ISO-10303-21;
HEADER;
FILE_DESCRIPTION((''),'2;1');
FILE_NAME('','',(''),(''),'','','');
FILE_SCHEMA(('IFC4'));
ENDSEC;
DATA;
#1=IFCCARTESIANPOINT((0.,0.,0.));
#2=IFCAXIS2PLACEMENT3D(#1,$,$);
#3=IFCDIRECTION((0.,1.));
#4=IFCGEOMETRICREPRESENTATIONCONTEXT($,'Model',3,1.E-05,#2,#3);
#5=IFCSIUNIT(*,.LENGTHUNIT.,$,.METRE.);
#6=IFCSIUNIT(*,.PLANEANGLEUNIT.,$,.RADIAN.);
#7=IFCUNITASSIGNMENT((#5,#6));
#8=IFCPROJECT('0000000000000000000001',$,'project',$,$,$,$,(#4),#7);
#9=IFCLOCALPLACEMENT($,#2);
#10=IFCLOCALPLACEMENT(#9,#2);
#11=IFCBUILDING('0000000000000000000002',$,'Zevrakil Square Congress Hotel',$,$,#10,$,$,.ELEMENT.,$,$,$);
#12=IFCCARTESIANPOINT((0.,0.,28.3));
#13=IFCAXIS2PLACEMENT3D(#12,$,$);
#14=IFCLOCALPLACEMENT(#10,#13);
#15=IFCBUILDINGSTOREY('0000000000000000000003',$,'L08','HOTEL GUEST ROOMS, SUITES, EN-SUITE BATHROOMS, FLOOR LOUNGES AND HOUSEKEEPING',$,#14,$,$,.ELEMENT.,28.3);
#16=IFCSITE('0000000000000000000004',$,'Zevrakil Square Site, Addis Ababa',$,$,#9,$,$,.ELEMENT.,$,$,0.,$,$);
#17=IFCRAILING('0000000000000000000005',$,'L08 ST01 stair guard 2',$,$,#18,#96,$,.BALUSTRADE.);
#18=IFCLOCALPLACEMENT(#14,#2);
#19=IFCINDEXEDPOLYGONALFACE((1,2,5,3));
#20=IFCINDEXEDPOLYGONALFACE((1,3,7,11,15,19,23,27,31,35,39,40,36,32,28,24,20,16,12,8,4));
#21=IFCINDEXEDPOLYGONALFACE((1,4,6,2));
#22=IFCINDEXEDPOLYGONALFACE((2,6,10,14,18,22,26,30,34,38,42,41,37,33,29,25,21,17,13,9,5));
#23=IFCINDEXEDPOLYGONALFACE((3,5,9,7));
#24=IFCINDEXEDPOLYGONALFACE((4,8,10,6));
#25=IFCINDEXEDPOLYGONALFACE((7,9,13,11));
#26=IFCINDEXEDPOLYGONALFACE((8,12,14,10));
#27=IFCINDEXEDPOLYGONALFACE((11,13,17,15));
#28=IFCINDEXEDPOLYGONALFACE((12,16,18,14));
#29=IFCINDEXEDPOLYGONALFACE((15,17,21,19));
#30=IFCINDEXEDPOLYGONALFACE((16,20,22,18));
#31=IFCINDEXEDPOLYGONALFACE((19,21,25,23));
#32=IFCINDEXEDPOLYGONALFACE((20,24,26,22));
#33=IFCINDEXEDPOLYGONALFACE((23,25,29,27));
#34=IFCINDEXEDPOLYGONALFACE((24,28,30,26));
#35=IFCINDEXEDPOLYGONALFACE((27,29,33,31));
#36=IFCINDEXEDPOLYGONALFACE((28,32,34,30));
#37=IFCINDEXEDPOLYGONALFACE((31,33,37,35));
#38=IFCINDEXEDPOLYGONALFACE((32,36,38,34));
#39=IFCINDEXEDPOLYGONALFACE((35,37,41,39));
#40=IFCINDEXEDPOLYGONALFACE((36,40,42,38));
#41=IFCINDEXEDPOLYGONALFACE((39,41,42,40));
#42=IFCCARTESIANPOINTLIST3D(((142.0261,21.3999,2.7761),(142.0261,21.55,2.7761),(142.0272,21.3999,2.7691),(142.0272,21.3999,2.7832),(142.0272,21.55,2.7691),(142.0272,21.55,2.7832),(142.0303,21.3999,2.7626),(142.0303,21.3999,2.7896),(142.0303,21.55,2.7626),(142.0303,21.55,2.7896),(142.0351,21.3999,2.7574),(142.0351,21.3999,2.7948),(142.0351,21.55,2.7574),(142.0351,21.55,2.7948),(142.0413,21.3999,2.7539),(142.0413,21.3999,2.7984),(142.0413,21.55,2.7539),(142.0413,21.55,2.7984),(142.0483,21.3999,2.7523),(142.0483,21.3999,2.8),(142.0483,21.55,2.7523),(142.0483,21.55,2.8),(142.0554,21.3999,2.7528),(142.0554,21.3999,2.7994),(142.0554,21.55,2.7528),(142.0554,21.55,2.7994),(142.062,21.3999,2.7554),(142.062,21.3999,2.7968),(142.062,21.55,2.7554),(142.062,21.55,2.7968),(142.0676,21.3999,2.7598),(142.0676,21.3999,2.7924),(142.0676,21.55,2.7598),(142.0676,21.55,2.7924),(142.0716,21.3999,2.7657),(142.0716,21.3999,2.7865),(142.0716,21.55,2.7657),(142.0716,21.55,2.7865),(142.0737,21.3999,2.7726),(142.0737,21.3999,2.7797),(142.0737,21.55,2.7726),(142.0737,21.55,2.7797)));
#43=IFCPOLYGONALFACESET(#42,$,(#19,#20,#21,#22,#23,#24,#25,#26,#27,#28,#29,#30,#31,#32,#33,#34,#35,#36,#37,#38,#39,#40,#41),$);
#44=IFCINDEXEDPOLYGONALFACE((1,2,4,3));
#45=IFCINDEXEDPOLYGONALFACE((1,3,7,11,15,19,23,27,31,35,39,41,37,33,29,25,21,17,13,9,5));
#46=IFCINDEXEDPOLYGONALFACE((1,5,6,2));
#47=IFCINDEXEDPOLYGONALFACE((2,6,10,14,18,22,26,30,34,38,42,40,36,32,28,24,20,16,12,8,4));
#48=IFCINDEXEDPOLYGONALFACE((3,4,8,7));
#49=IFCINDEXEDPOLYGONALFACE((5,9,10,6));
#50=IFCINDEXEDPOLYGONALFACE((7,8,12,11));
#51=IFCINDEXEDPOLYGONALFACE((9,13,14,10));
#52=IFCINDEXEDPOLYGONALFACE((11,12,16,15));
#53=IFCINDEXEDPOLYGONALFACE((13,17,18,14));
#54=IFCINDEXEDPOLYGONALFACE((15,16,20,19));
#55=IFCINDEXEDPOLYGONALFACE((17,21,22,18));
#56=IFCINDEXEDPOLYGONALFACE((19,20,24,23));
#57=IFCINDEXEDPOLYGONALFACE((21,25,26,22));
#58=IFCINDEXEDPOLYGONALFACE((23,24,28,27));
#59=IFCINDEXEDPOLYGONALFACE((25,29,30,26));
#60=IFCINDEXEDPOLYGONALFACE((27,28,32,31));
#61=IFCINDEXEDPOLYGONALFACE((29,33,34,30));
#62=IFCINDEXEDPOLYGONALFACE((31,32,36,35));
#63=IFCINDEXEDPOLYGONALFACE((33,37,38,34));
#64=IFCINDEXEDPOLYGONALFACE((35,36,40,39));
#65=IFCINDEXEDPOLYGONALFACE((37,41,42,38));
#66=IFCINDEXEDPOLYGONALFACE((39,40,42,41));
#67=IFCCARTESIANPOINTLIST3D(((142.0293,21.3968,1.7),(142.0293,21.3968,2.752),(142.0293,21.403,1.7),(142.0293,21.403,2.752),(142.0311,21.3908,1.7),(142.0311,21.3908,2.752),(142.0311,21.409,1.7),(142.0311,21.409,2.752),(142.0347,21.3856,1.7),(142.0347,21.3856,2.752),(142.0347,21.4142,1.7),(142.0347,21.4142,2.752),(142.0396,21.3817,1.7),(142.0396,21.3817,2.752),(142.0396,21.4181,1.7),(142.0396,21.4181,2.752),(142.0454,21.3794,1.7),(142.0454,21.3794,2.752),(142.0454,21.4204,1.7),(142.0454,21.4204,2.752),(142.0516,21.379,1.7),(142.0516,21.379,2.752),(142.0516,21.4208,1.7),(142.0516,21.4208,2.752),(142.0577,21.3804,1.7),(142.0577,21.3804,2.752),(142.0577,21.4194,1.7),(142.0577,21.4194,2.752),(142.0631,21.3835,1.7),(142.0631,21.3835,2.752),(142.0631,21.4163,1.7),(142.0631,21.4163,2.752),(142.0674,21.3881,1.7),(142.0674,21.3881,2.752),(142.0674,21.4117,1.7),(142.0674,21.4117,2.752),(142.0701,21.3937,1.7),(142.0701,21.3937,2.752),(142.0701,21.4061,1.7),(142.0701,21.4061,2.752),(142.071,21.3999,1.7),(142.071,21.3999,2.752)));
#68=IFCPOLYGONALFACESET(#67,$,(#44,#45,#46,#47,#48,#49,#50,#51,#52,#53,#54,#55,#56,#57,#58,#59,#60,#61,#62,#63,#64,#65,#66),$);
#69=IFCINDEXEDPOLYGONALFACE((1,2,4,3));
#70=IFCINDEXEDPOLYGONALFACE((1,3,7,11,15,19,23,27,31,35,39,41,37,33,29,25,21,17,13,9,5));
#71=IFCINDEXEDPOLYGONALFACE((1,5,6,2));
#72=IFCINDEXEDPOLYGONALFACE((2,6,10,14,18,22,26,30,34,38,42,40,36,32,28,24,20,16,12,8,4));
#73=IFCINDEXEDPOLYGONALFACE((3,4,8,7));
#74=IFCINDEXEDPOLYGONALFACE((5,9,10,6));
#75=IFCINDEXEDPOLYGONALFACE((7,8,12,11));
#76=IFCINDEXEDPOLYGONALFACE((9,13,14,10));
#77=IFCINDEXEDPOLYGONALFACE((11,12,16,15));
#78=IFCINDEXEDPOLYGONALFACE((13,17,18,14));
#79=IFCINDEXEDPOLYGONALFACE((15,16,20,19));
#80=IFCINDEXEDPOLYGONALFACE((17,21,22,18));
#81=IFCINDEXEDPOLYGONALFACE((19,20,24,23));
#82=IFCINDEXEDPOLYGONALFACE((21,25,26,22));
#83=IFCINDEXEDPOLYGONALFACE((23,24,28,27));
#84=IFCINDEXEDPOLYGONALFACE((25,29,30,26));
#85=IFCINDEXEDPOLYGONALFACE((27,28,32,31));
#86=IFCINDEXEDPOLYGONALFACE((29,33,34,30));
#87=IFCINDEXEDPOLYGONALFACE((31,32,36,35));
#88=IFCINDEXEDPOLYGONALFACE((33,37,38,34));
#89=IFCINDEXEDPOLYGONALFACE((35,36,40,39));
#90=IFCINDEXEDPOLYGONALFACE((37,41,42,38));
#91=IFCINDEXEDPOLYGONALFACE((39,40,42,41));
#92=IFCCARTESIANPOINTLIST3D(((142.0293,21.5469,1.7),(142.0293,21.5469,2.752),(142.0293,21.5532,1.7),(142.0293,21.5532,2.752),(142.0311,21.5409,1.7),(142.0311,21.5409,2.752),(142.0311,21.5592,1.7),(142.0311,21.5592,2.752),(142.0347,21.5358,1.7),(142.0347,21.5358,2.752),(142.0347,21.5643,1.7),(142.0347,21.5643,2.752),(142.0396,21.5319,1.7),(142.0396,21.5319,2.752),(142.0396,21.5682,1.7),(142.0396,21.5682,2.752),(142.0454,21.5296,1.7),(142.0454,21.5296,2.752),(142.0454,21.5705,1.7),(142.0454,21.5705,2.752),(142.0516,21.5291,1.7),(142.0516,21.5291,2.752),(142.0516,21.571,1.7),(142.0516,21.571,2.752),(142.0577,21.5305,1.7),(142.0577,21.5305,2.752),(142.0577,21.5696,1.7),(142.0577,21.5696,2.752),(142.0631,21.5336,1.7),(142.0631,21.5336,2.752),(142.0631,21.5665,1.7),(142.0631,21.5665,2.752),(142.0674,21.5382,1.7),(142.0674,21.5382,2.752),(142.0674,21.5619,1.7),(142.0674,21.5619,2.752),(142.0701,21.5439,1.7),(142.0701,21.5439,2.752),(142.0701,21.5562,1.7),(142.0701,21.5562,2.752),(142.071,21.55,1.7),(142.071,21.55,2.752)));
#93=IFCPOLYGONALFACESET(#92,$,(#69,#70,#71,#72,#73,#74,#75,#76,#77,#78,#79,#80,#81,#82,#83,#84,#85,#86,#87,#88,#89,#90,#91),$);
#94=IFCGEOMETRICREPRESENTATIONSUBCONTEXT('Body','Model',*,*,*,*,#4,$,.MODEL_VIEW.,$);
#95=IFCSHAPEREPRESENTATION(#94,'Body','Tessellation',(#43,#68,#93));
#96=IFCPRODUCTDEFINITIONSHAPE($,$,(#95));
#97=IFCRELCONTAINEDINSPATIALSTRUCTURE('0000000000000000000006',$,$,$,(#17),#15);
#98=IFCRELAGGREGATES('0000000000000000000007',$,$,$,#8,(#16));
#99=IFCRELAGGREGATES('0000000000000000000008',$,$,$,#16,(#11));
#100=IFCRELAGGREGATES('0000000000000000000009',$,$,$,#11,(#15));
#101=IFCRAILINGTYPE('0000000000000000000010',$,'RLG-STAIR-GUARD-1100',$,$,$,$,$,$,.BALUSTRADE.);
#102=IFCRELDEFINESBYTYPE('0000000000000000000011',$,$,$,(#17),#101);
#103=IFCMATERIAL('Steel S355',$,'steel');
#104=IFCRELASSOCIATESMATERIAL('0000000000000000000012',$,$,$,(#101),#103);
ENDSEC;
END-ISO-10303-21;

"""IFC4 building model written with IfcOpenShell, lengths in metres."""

from ifc_helpers import new_model, si_unit, direction, frame, origin, origin_2d, place, context, subcontext, project, spatial, circle, extrude, material, type_object, element, save


model = new_model("IFC4")

# Units and contexts
model_context = context("Model", 3, precision=1e-05, world=origin(), true_north=direction((0.0, 1.0)))
body_context = subcontext(model_context, "Body", "Model", "MODEL_VIEW")
ifc_project = project(units=[si_unit("LENGTHUNIT", "METRE"), si_unit("PLANEANGLEUNIT", "RADIAN")], contexts=[model_context])

# Site, building, storey
site_placement = place(None, origin())
site = spatial("IfcSite", under=ifc_project, at=site_placement, Name="Zevrakil Square Site, Addis Ababa", CompositionType="ELEMENT", RefElevation=0.0)
building_placement = place(site_placement, origin())
building = spatial("IfcBuilding", under=site, at=building_placement, Name="Zevrakil Square Congress Hotel", CompositionType="ELEMENT")
storey_placement = place(building_placement, frame((0.0, 0.0, 28.3)))
storey = spatial("IfcBuildingStorey", under=building, at=storey_placement, Name="L08", Description="HOTEL GUEST ROOMS, SUITES, EN-SUITE BATHROOMS, FLOOR LOUNGES AND HOUSEKEEPING", CompositionType="ELEMENT", Elevation=28.3)

# Railing
ifc_material_1 = material(Name="Steel S355", Category="steel")
railing_type_1 = type_object("IfcRailingType", Name="RLG-STAIR-GUARD-1100", PredefinedType="BALUSTRADE", material=ifc_material_1)
railing_1_placement = place(storey_placement, frame((142.05, 21.3999, 1.7)))
element("IfcRailing", 1, at=railing_1_placement, inside=storey, type_object=railing_type_1, Name="L08 ST01 stair guard 2", PredefinedType="BALUSTRADE", context=body_context, shape_type="SweptSolid", body=[
    extrude(circle(Radius=0.0239, at=origin_2d()), frame((0.0, 0.0, 1.0762), z_axis=(0.0, 1.0, 0.0), x_axis=(-1.0, 0.0, 0.0)), (0.0, 0.0, 1.0), 0.1501),
    extrude(circle(Radius=0.021, at=origin_2d()), origin(), (0.0, 0.0, 1.0), 1.052),
    extrude(circle(Radius=0.021, at=origin_2d()), frame((0.0, 0.1501, 0.0)), (0.0, 0.0, 1.0), 1.052),
])

save(model, "model.ifc")
